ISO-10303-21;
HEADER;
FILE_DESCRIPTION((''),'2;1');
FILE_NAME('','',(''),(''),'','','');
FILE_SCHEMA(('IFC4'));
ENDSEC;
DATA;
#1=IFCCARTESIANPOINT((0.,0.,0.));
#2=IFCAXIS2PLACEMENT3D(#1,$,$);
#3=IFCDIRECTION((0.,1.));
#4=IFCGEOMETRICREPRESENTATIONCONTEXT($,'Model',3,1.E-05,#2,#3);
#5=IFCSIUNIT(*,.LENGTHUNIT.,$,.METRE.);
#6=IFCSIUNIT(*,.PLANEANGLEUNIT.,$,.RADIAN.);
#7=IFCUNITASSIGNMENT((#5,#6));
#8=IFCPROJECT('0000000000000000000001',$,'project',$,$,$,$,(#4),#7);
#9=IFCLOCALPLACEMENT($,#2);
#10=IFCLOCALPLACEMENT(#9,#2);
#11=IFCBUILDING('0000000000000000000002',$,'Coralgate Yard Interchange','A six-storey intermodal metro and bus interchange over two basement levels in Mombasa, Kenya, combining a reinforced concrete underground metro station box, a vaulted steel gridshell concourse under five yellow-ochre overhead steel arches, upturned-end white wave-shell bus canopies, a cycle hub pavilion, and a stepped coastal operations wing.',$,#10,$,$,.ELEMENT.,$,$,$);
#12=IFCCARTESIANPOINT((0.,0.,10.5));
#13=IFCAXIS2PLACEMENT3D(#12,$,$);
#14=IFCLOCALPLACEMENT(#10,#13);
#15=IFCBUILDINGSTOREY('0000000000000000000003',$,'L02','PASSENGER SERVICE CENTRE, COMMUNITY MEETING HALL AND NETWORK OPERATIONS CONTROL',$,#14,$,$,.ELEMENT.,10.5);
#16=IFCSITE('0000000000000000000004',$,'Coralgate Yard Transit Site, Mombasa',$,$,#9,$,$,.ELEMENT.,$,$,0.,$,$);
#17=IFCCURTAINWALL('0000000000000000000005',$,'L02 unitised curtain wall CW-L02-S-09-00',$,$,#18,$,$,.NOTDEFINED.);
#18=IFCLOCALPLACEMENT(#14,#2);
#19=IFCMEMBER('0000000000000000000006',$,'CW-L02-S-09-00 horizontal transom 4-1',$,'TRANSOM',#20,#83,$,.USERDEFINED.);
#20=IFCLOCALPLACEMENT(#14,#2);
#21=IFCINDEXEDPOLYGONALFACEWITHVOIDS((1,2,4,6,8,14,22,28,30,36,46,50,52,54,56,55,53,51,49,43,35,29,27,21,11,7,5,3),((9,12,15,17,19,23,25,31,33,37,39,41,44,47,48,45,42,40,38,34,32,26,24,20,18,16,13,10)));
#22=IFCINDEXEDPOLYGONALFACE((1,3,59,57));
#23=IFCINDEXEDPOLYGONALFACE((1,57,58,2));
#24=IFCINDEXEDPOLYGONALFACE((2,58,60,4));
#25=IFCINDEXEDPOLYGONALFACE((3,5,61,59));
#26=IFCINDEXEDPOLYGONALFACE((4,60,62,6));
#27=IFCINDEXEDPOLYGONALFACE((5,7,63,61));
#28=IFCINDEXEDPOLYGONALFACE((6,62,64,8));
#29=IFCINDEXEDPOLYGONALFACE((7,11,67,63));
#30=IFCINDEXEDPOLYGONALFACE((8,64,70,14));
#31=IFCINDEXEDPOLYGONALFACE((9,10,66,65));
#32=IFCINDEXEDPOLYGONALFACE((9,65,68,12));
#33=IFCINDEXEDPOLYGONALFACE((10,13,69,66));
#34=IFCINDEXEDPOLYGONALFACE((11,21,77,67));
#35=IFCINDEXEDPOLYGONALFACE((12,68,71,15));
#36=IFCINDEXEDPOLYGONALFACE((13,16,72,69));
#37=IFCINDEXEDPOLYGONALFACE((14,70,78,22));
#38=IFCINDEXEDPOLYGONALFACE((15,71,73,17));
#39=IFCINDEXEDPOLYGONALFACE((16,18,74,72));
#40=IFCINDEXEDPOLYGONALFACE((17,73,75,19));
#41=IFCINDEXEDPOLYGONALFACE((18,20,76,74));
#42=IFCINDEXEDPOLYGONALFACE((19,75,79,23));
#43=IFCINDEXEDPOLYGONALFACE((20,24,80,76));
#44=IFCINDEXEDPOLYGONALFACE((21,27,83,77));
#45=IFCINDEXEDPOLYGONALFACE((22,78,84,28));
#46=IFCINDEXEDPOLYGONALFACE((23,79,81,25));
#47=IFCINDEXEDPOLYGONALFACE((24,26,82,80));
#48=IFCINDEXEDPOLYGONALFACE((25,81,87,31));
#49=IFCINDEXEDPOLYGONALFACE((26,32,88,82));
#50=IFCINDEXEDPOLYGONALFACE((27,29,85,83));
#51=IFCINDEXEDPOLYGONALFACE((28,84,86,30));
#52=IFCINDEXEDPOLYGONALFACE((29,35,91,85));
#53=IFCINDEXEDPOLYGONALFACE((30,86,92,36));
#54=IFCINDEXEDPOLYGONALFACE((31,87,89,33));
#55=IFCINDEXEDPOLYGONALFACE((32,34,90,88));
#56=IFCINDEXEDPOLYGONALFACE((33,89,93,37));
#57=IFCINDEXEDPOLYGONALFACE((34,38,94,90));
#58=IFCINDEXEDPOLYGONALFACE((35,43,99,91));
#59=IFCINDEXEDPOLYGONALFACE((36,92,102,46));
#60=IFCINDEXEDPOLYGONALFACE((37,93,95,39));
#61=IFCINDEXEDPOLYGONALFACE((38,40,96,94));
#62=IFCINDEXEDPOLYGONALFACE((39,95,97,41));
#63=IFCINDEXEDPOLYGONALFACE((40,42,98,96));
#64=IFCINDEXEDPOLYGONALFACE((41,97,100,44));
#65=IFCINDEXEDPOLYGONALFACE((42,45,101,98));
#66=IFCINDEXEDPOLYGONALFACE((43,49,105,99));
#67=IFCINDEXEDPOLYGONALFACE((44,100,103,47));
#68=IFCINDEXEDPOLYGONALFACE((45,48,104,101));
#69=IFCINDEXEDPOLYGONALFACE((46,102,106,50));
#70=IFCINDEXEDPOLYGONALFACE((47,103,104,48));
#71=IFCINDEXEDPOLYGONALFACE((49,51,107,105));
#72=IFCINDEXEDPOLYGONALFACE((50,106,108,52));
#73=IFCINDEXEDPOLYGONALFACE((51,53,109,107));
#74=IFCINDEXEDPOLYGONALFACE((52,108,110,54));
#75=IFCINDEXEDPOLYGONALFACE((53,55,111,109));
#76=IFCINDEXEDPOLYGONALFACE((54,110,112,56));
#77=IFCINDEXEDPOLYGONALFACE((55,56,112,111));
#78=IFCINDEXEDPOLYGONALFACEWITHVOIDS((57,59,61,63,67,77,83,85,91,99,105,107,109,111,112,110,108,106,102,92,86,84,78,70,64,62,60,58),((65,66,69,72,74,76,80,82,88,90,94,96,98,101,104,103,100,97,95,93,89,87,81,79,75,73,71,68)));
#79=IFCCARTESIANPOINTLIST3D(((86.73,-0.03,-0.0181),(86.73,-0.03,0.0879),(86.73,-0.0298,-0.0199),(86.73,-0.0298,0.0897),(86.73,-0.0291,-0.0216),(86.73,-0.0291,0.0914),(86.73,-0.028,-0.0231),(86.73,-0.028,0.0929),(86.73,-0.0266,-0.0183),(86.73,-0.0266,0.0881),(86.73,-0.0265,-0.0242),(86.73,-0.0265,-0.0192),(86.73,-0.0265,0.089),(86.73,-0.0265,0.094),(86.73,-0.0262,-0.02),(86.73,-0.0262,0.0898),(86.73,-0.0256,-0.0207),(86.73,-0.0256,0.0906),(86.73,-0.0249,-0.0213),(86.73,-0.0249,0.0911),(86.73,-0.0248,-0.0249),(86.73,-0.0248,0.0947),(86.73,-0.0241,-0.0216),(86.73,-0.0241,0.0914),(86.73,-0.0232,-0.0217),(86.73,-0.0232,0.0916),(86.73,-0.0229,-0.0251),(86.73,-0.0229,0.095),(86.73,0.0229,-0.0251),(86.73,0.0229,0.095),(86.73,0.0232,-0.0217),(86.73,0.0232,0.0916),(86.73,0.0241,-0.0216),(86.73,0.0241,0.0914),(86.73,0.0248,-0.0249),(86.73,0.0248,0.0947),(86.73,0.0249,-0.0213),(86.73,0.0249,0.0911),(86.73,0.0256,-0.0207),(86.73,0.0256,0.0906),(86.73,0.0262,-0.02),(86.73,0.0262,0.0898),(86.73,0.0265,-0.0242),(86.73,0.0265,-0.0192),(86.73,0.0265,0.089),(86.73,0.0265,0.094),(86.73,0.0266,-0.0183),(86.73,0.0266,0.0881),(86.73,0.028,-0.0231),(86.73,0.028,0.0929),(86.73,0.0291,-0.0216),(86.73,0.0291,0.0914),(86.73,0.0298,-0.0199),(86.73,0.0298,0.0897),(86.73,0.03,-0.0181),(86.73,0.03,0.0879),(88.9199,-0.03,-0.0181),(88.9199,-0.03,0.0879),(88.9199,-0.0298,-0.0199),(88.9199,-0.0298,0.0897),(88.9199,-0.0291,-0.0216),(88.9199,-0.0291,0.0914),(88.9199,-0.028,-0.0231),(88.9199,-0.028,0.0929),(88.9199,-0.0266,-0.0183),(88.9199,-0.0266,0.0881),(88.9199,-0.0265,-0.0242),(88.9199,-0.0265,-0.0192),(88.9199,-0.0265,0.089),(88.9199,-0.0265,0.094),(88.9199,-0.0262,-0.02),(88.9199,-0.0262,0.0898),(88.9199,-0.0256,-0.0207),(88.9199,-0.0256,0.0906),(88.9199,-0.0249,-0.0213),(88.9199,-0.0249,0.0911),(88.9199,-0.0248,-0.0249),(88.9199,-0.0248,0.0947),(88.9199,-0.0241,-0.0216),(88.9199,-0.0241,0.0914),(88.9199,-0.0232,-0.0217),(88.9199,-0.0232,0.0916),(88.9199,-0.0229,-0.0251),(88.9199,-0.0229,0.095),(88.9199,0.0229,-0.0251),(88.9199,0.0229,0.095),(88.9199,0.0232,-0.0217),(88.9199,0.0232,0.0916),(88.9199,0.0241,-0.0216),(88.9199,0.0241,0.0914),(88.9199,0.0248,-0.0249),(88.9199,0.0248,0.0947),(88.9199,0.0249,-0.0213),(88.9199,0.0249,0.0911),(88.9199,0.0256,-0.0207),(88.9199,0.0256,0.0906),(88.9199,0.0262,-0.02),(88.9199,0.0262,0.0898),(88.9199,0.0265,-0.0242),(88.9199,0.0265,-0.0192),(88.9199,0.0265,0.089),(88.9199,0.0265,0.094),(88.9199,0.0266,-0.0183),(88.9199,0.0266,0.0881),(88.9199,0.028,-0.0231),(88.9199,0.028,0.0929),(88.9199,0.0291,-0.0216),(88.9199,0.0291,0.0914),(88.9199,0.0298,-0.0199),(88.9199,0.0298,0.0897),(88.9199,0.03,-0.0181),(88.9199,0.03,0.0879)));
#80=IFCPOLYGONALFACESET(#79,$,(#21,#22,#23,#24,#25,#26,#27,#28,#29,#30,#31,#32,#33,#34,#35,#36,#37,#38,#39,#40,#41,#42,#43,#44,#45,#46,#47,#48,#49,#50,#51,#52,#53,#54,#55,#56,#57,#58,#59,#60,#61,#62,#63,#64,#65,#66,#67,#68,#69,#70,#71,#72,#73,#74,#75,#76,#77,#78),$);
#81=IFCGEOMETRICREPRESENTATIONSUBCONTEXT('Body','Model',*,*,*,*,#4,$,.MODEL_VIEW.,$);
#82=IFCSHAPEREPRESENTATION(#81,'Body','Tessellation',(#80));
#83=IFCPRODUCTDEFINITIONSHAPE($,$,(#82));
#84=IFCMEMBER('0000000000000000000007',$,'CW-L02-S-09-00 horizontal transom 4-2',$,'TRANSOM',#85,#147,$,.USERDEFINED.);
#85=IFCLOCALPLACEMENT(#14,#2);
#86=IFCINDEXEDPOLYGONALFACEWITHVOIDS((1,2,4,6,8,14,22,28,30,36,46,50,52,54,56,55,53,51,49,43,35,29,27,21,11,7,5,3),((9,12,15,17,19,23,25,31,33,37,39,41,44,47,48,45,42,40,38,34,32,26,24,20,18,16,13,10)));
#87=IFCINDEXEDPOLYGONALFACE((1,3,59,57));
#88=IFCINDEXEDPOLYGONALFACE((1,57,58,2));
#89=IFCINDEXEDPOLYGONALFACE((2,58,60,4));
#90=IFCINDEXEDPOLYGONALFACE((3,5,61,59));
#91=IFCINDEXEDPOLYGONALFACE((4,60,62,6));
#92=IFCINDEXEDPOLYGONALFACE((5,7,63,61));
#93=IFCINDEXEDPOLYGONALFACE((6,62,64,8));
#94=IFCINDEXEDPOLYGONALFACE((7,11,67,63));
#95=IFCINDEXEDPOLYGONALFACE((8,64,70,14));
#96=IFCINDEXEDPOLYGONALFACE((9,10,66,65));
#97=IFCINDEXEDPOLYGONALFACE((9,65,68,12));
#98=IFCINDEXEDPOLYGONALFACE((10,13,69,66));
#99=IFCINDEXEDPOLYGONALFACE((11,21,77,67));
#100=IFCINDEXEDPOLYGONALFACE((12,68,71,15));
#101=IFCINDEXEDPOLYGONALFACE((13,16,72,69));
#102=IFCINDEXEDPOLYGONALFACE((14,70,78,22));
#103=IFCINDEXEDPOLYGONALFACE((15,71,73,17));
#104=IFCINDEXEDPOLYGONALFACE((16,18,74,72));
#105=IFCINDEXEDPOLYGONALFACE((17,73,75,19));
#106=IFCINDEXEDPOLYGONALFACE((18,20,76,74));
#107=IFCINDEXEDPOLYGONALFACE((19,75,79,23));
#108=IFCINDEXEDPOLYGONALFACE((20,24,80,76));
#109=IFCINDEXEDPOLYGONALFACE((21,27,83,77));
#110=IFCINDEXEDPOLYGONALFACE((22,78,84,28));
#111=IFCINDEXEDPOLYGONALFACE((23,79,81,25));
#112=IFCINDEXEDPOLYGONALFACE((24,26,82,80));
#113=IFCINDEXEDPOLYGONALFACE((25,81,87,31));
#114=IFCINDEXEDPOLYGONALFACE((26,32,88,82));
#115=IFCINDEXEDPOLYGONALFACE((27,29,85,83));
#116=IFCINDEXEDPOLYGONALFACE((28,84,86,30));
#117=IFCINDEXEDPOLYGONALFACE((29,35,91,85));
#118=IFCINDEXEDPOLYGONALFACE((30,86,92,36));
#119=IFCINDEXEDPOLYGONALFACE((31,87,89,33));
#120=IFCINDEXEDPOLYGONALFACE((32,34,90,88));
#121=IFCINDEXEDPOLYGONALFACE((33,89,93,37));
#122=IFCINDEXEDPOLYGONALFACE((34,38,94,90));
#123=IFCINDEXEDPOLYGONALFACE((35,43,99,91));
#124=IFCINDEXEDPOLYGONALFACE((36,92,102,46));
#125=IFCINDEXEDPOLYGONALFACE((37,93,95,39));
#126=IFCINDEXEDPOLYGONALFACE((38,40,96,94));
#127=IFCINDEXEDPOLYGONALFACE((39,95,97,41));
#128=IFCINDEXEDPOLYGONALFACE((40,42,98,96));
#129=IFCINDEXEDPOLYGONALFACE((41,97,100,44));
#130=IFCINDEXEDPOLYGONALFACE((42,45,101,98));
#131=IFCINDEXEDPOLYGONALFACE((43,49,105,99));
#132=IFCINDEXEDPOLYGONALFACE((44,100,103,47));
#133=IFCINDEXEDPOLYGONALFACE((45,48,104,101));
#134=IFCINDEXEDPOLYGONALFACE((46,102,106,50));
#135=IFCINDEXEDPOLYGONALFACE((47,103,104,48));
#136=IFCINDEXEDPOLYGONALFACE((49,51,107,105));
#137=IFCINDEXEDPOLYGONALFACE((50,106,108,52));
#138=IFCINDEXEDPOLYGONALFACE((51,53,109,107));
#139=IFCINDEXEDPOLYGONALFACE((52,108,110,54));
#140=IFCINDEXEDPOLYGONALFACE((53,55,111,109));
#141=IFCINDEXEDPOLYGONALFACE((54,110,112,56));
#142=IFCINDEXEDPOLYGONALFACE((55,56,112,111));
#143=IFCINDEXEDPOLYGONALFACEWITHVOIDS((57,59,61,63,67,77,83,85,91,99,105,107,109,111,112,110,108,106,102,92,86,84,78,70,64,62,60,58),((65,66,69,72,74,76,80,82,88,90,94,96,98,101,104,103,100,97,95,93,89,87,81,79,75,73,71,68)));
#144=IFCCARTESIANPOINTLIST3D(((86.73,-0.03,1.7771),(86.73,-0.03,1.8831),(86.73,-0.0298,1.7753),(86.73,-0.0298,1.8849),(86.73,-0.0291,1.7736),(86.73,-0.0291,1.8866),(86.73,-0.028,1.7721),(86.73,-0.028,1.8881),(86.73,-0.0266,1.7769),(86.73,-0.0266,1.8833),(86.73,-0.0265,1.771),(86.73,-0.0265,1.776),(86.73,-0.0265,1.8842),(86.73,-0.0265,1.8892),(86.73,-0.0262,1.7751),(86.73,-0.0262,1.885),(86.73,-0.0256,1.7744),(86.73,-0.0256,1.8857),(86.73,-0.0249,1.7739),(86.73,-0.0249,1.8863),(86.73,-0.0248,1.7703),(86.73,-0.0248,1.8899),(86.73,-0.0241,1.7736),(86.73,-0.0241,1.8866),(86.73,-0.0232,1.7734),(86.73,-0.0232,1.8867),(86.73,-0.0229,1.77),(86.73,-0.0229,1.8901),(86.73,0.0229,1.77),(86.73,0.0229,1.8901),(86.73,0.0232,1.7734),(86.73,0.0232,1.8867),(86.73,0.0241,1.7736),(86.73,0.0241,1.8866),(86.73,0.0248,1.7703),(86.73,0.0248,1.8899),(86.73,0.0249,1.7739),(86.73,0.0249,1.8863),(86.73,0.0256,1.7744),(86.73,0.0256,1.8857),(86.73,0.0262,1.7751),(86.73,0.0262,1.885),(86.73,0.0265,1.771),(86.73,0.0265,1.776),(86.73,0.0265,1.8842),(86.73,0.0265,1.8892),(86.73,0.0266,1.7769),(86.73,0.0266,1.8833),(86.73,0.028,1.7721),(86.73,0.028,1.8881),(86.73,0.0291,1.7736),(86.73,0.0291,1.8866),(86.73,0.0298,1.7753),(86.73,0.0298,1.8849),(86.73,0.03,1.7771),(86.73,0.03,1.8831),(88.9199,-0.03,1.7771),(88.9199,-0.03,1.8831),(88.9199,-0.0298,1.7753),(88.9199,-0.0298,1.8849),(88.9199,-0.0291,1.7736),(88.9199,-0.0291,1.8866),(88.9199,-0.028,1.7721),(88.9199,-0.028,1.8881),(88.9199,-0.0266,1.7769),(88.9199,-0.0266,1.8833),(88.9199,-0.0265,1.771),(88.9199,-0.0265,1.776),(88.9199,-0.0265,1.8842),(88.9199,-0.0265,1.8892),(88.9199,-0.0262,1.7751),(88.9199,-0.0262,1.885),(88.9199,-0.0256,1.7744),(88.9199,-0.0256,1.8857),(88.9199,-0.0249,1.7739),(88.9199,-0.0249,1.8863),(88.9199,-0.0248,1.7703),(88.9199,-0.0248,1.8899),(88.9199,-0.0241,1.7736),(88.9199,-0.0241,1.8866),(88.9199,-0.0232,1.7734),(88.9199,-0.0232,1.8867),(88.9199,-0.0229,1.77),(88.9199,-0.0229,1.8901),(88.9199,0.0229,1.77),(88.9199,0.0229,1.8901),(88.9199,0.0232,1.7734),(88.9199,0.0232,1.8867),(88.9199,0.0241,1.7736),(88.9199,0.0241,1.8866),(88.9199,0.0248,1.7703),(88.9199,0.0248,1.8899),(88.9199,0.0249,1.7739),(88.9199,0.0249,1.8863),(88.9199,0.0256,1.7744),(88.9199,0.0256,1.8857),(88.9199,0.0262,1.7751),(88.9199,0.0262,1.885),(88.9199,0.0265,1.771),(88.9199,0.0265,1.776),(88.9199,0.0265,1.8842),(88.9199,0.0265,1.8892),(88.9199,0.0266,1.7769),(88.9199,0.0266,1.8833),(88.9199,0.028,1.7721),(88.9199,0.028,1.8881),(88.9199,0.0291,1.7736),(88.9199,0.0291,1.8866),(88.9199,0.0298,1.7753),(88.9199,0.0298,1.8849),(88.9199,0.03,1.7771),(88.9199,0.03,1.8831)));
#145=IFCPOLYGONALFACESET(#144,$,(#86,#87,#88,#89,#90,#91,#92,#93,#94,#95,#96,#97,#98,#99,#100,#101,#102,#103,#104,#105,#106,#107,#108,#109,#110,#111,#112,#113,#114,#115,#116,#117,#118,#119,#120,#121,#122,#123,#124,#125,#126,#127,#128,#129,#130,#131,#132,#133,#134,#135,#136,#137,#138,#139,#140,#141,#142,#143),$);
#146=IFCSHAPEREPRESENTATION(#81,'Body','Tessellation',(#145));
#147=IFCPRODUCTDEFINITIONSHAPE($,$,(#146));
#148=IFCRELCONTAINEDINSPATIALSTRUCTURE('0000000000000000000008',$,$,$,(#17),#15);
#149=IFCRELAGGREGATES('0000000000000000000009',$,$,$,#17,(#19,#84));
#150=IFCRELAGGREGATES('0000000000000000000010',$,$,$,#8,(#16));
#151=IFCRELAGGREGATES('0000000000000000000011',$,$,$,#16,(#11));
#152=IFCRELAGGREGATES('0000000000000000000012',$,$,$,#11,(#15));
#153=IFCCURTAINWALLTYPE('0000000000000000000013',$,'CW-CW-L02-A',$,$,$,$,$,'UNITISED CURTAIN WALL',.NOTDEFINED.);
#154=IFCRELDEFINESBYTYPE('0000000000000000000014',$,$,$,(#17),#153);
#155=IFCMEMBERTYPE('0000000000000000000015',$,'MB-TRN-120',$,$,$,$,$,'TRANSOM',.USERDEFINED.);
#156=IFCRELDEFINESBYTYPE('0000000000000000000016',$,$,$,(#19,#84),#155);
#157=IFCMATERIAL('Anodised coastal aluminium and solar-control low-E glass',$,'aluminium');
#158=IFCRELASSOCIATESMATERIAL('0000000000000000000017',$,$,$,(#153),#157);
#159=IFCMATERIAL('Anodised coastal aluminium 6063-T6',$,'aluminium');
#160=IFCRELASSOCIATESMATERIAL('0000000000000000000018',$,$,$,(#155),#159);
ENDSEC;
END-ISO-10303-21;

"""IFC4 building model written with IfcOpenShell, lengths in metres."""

from ifc_helpers import new_model, si_unit, direction, frame, origin, origin_2d, place, context, subcontext, project, spatial, hollow_rectangle, extrude, material, material_profile, profile_set, type_object, element, aggregate, save


model = new_model("IFC4")

# Units and contexts
model_context = context("Model", 3, precision=1e-05, world=origin(), true_north=direction((0.0, 1.0)))
body_context = subcontext(model_context, "Body", "Model", "MODEL_VIEW")
ifc_project = project(units=[si_unit("LENGTHUNIT", "METRE"), si_unit("PLANEANGLEUNIT", "RADIAN")], contexts=[model_context])

# Site, building, storey
site_placement = place(None, origin())
site = spatial("IfcSite", under=ifc_project, at=site_placement, Name="Coralgate Yard Transit Site, Mombasa", CompositionType="ELEMENT", RefElevation=0.0)
building_placement = place(site_placement, origin())
building = spatial("IfcBuilding", under=site, at=building_placement, Name="Coralgate Yard Interchange", Description="A six-storey intermodal metro and bus interchange over two basement levels in Mombasa, Kenya, combining a reinforced concrete underground metro station box, a vaulted steel gridshell concourse under five yellow-ochre overhead steel arches, upturned-end white wave-shell bus canopies, a cycle hub pavilion, and a stepped coastal operations wing.", CompositionType="ELEMENT")
storey_placement = place(building_placement, frame((0.0, 0.0, 10.5)))
storey = spatial("IfcBuildingStorey", under=building, at=storey_placement, Name="L02", Description="PASSENGER SERVICE CENTRE, COMMUNITY MEETING HALL AND NETWORK OPERATIONS CONTROL", CompositionType="ELEMENT", Elevation=10.5)

# Curtain wall, members
ifc_material_1 = material(Name="Anodised coastal aluminium and solar-control low-E glass", Category="aluminium")
curtain_wall_type = type_object("IfcCurtainWallType", Name="CW-CW-L02-A", ElementType="UNITISED CURTAIN WALL", PredefinedType="NOTDEFINED", material=ifc_material_1)
curtain_wall_placement = place(storey_placement, origin())
curtain_wall = element("IfcCurtainWall", 1, at=curtain_wall_placement, inside=storey, type_object=curtain_wall_type, Name="L02 unitised curtain wall CW-L02-S-09-00", PredefinedType="NOTDEFINED")
ifc_material_2 = material(Name="Anodised coastal aluminium 6063-T6", Category="aluminium")
ifc_material_profile_1 = material_profile(ifc_material_2, hollow_rectangle(XDim=0.0601, YDim=0.1201, WallThickness=0.0034, InnerFilletRadius=0.0034, OuterFilletRadius=0.0071, at=origin_2d()), Name="ALU 60x120x3.5")
ifc_profile_set_1 = profile_set([ifc_material_profile_1], Name="Anodised coastal aluminium 6063-T6")
member_type_1 = type_object("IfcMemberType", Name="MB-TRN-120", ElementType="TRANSOM", PredefinedType="USERDEFINED", material=ifc_profile_set_1)
member_1_placement = place(storey_placement, frame((88.9199, 0.0, 0.0349), z_axis=(-1.0, 0.0, 0.0), x_axis=(0.0, -1.0, 0.0)))
member_1 = element("IfcMember", 2, at=member_1_placement, type_object=member_type_1, Name="CW-L02-S-09-00 horizontal transom 4-1", ObjectType="TRANSOM", PredefinedType="USERDEFINED", context=body_context, shape_type="SweptSolid", body=[
    extrude(hollow_rectangle(XDim=0.0601, YDim=0.1201, WallThickness=0.0034, InnerFilletRadius=0.0034, OuterFilletRadius=0.0071, at=origin_2d()), origin(), (0.0, 0.0, 1.0), 2.1899),
])
member_2_placement = place(storey_placement, frame((88.9199, 0.0, 1.8301), z_axis=(-1.0, 0.0, 0.0), x_axis=(0.0, -1.0, 0.0)))
member_2 = element("IfcMember", 3, at=member_2_placement, type_object=member_type_1, Name="CW-L02-S-09-00 horizontal transom 4-2", ObjectType="TRANSOM", PredefinedType="USERDEFINED", context=body_context, shape_type="SweptSolid", body=[
    extrude(hollow_rectangle(XDim=0.0601, YDim=0.1201, WallThickness=0.0034, InnerFilletRadius=0.0034, OuterFilletRadius=0.0071, at=origin_2d()), origin(), (0.0, 0.0, 1.0), 2.1899),
])
aggregate(curtain_wall, [member_1, member_2])

save(model, "model.ifc")
